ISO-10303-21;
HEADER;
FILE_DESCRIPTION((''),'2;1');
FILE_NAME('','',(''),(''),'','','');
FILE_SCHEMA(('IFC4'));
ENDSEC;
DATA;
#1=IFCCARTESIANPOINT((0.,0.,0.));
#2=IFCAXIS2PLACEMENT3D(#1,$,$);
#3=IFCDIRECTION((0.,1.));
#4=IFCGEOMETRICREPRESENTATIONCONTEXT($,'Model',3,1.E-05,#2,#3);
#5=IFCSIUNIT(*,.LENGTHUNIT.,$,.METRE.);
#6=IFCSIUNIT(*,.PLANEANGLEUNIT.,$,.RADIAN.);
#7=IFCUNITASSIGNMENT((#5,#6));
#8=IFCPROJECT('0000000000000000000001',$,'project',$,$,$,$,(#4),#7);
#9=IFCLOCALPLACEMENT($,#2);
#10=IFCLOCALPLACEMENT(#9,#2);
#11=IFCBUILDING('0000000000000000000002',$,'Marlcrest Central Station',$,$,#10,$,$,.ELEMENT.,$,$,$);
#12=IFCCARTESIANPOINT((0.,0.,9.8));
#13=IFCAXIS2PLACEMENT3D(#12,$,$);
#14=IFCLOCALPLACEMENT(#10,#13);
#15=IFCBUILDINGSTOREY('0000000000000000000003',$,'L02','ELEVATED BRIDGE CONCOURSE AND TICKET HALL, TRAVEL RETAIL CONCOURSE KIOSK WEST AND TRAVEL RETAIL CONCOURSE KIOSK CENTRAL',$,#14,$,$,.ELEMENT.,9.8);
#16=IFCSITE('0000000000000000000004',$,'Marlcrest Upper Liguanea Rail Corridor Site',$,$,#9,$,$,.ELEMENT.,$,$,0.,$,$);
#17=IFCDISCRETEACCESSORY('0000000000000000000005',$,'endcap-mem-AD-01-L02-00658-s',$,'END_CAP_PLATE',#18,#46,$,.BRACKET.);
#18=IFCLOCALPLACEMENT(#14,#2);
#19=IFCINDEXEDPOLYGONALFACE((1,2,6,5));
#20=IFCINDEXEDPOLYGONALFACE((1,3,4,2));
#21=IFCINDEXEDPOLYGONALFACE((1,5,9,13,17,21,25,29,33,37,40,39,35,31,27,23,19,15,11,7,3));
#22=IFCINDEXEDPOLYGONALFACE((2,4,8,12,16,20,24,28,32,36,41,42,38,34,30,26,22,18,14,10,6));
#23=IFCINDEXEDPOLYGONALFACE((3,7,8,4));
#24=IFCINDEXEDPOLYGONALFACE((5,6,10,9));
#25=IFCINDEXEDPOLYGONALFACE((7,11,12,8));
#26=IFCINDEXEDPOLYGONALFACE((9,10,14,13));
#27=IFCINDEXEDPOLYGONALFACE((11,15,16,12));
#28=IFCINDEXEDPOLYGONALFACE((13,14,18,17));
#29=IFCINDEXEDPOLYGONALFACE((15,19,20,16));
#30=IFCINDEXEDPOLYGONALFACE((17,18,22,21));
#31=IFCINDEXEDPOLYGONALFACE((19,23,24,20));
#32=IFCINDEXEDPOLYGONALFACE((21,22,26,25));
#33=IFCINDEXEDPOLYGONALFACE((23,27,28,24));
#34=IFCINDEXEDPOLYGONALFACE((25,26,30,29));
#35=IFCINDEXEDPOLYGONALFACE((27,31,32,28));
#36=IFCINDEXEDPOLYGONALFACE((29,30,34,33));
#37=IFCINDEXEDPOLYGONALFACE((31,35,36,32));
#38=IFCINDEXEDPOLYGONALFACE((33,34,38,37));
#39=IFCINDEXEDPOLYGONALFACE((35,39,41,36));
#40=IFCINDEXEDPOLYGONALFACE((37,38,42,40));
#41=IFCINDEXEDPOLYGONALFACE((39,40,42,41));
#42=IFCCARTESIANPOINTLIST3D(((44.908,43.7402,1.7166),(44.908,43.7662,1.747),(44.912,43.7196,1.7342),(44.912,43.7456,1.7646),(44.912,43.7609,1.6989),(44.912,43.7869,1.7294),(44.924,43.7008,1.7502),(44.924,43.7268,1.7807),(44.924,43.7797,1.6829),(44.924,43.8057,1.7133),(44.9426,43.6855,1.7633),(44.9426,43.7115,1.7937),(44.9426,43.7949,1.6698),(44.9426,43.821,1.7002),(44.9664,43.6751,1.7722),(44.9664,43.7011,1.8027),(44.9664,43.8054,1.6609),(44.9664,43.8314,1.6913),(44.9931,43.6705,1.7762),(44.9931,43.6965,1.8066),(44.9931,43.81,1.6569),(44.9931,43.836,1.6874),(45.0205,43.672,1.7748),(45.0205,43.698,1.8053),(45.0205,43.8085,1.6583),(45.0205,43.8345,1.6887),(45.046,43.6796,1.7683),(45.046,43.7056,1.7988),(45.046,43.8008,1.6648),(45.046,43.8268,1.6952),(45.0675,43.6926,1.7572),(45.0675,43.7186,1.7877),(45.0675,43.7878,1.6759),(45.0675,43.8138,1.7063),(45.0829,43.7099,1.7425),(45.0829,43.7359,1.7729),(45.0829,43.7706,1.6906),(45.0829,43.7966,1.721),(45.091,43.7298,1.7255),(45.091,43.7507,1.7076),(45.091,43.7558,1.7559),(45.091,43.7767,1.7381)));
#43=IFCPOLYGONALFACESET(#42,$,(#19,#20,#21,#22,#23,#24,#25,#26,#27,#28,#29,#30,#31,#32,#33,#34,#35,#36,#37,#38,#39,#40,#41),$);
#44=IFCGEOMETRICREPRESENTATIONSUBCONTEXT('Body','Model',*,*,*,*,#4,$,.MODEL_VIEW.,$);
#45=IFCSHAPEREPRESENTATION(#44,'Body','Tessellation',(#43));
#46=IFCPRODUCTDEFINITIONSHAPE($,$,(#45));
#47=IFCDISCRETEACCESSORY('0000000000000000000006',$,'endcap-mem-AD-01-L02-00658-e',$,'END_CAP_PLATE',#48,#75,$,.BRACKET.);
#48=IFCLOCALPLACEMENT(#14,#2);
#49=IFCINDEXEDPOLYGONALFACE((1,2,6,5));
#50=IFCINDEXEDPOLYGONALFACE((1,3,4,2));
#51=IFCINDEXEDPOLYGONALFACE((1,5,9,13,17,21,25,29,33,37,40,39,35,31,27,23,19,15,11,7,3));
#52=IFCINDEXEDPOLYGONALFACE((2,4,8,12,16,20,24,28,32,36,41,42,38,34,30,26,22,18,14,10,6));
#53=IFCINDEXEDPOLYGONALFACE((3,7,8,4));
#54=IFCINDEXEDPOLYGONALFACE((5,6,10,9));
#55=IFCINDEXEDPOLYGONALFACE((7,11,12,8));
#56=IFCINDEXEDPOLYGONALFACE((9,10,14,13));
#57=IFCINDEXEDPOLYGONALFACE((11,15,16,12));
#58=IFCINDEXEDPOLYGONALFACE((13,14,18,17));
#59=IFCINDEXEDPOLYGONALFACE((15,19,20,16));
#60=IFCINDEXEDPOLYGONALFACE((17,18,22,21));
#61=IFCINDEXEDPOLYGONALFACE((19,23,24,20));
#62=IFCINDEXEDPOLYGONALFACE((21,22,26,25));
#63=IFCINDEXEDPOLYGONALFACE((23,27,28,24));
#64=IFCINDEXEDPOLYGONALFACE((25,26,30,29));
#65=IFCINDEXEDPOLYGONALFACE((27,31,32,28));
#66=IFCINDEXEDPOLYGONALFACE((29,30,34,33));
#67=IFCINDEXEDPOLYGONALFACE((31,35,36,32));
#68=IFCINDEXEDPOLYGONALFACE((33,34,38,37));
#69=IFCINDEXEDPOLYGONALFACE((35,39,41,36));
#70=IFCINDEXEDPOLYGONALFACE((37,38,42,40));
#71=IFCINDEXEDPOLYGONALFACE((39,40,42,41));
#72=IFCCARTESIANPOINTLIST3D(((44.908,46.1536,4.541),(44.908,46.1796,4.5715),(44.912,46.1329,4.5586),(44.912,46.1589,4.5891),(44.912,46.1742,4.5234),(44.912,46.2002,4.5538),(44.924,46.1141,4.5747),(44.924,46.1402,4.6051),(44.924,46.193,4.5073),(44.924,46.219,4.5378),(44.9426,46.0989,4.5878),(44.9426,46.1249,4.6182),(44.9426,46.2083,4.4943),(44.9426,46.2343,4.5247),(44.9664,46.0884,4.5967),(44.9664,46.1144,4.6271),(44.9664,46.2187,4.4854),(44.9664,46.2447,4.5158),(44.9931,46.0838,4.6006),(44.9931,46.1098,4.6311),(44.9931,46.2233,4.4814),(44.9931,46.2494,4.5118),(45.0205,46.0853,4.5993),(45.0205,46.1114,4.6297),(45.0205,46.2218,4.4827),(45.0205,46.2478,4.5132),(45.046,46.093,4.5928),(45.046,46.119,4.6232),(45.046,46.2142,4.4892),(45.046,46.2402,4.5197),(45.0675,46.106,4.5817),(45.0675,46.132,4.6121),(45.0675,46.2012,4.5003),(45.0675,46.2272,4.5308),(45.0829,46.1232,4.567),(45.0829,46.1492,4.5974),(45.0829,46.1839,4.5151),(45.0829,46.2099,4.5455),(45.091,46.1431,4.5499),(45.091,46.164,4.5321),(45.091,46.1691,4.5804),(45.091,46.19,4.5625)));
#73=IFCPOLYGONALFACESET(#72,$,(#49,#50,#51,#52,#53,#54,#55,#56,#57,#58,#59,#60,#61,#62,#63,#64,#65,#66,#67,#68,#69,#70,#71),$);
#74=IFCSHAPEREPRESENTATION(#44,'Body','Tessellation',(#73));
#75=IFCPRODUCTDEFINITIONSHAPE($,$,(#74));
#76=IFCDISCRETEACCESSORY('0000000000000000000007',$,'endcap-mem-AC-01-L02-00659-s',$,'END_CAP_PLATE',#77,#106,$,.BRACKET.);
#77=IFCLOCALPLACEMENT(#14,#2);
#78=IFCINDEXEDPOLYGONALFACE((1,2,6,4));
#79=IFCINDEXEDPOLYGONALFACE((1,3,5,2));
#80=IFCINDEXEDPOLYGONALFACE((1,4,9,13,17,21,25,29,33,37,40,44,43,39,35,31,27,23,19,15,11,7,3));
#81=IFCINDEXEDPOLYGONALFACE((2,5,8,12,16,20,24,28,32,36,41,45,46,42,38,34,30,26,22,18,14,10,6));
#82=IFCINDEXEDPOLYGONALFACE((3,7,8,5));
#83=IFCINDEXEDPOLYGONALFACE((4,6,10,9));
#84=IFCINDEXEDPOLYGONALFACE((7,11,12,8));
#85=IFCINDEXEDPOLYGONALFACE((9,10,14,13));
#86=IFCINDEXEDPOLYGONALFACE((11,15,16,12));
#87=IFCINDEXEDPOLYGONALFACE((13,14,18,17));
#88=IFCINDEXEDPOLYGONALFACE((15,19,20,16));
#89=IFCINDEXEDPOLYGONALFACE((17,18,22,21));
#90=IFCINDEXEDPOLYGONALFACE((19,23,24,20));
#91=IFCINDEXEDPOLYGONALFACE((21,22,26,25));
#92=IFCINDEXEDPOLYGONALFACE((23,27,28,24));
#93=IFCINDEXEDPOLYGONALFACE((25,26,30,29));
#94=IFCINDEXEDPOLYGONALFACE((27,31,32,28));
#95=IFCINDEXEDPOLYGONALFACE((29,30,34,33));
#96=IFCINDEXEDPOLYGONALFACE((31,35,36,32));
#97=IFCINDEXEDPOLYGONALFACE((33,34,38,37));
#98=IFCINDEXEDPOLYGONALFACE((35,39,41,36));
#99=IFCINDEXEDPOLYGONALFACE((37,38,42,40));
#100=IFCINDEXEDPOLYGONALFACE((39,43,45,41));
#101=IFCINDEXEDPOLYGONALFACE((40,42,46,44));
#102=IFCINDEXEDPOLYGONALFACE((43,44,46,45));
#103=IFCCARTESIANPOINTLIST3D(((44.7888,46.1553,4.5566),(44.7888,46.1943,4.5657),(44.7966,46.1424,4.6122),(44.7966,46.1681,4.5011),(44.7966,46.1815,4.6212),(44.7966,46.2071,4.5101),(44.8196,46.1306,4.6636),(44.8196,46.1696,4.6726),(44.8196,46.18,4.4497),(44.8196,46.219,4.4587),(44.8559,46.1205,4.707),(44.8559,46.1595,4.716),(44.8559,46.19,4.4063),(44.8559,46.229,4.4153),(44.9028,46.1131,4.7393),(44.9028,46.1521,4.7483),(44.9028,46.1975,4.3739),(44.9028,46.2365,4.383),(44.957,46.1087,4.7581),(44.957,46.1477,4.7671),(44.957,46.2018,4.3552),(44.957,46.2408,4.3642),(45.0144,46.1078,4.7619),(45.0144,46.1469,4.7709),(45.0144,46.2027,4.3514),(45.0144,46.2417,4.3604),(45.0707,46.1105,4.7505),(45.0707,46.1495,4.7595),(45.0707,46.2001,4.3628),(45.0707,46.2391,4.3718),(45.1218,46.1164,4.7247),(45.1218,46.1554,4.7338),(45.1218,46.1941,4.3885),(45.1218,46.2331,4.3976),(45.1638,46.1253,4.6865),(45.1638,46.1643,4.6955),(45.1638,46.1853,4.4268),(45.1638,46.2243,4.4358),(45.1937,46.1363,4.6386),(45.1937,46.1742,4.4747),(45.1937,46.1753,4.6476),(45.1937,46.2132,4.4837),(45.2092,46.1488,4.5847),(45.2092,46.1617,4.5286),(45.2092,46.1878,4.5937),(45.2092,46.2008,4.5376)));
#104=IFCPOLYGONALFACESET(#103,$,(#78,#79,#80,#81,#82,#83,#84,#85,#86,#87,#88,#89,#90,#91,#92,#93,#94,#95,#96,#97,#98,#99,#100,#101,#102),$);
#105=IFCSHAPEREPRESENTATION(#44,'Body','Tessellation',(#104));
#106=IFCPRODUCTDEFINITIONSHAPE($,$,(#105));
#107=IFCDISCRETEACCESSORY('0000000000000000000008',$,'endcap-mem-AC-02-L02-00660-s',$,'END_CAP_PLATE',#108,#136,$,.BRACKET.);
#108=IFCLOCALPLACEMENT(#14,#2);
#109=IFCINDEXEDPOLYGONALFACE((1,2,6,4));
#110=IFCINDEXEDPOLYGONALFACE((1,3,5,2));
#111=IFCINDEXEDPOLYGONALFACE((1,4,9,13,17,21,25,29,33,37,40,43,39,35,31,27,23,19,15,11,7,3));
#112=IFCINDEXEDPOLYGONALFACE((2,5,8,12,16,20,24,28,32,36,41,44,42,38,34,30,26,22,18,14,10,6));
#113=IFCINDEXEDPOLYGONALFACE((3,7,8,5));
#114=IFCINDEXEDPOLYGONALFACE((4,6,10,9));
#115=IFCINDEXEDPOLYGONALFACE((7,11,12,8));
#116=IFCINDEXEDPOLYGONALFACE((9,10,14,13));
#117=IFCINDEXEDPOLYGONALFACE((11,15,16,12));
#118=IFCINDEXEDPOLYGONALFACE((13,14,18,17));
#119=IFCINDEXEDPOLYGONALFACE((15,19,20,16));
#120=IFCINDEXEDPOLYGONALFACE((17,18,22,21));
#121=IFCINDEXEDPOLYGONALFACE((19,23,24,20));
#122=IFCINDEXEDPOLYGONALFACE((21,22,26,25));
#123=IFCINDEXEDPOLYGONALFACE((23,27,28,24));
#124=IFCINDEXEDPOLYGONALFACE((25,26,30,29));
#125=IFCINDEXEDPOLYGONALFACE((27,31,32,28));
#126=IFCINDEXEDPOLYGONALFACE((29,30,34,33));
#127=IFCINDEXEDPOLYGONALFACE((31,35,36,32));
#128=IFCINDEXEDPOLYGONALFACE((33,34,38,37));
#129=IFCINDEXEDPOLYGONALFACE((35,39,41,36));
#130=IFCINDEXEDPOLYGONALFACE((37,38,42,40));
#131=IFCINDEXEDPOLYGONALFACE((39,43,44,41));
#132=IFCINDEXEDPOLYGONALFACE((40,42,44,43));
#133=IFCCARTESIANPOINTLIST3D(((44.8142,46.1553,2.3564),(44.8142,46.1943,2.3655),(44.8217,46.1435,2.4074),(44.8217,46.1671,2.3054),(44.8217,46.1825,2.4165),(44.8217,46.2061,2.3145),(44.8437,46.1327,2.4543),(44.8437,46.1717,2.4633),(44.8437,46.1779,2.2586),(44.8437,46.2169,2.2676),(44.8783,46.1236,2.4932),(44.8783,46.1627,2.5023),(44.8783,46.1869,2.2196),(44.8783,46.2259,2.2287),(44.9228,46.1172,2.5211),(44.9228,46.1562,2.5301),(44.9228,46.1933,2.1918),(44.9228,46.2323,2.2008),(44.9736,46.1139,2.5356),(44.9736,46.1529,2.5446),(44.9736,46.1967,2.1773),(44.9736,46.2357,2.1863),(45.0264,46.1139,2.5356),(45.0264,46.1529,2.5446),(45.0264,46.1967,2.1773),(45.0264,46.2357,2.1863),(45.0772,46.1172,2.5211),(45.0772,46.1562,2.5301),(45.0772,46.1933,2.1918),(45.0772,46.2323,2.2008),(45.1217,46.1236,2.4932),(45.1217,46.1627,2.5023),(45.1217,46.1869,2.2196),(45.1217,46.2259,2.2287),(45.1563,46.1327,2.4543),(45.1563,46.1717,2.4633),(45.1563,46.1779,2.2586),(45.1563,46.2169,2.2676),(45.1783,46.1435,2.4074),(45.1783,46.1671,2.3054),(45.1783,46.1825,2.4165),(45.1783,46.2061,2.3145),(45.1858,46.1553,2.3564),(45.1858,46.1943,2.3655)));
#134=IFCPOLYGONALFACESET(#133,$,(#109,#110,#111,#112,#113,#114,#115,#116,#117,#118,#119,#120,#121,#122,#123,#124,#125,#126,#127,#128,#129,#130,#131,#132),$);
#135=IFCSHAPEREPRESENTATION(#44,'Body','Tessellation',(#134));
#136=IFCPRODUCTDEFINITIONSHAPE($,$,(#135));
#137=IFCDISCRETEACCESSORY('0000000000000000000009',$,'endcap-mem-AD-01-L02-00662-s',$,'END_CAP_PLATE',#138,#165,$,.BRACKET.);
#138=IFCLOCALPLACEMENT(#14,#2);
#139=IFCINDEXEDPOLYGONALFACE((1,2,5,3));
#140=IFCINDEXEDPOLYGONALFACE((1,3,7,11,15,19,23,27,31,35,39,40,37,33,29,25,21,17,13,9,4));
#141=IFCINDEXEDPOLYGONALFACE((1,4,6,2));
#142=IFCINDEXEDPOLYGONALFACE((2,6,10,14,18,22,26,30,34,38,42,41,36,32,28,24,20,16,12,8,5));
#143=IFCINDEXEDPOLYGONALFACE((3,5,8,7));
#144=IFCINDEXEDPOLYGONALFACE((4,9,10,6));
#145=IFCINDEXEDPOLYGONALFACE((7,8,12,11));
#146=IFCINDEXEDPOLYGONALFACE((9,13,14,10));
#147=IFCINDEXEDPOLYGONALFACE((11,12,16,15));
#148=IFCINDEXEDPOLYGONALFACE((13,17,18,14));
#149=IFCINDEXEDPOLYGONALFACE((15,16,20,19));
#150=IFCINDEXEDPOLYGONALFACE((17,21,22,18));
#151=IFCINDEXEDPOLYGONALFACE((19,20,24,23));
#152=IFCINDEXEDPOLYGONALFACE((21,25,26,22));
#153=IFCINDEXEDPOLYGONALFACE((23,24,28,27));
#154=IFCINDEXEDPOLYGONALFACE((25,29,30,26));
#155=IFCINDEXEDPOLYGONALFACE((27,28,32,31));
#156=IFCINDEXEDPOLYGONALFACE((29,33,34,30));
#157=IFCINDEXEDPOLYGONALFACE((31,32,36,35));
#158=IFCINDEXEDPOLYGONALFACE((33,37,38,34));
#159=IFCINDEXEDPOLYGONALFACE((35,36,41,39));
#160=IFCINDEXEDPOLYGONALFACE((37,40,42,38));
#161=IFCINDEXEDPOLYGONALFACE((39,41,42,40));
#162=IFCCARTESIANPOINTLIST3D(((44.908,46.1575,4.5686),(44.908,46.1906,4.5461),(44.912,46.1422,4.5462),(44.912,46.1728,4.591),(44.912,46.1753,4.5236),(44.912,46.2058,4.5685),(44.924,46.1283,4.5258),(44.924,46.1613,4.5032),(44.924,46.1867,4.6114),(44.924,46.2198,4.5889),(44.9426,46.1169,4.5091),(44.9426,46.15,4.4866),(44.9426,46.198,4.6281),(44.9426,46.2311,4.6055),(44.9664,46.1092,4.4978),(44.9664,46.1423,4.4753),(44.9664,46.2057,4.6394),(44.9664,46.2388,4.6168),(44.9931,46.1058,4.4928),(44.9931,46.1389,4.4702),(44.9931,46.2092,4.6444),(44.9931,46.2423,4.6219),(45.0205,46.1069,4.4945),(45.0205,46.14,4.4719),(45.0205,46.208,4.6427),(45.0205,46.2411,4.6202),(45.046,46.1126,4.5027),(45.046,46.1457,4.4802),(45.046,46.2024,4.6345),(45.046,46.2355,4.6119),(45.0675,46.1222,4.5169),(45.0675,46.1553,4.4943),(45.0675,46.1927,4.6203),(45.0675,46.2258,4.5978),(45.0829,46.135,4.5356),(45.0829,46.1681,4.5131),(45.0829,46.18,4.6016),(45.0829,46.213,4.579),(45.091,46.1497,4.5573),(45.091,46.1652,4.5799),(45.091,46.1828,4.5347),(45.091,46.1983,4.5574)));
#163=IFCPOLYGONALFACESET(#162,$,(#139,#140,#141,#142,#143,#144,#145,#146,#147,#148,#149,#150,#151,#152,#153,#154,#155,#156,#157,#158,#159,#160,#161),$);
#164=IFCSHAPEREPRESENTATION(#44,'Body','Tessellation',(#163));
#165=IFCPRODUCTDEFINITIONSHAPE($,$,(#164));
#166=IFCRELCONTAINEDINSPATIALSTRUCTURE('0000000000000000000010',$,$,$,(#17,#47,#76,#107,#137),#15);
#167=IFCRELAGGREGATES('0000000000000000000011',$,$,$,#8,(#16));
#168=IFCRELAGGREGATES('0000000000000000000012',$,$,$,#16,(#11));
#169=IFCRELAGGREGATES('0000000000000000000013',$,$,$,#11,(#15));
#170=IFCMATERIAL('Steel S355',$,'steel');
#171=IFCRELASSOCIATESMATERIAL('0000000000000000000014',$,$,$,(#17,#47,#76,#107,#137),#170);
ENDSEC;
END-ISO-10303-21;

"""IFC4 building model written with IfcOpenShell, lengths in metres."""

from ifc_helpers import new_model, si_unit, direction, frame, origin, origin_2d, place, context, subcontext, project, spatial, circle, extrude, material, element, save


model = new_model("IFC4")

# Units and contexts
model_context = context("Model", 3, precision=1e-05, world=origin(), true_north=direction((0.0, 1.0)))
body_context = subcontext(model_context, "Body", "Model", "MODEL_VIEW")
ifc_project = project(units=[si_unit("LENGTHUNIT", "METRE"), si_unit("PLANEANGLEUNIT", "RADIAN")], contexts=[model_context])

# Site, building, storey
site_placement = place(None, origin())
site = spatial("IfcSite", under=ifc_project, at=site_placement, Name="Marlcrest Upper Liguanea Rail Corridor Site", CompositionType="ELEMENT", RefElevation=0.0)
building_placement = place(site_placement, origin())
building = spatial("IfcBuilding", under=site, at=building_placement, Name="Marlcrest Central Station", CompositionType="ELEMENT")
storey_placement = place(building_placement, frame((0.0, 0.0, 9.8)))
storey = spatial("IfcBuildingStorey", under=building, at=storey_placement, Name="L02", Description="ELEVATED BRIDGE CONCOURSE AND TICKET HALL, TRAVEL RETAIL CONCOURSE KIOSK WEST AND TRAVEL RETAIL CONCOURSE KIOSK CENTRAL", CompositionType="ELEMENT", Elevation=9.8)

# Shared definitions
ifc_material_1 = material(Name="Steel S355", Category="steel")

# Discrete accessories
for number, where, z_axis, x_axis, name in (
    (1, (45.0, 43.7402, 1.7166), (0.0, 0.649625, 0.760255), (-1.0, 0.0, 0.0), "endcap-mem-AD-01-L02-00658-s"),
    (2, (45.0, 46.1536, 4.541), (0.0, 0.649625, 0.760255), (-1.0, 0.0, 0.0), "endcap-mem-AD-01-L02-00658-e"),
):
    element("IfcDiscreteAccessory", number, at=place(storey_placement, frame(where, z_axis=z_axis, x_axis=x_axis)), inside=storey, material=ifc_material_1, Name=name, ObjectType="END_CAP_PLATE", PredefinedType="BRACKET", context=body_context, shape_type="SweptSolid", body=[
        extrude(circle(Radius=0.092, at=origin_2d()), origin(), (0.0, 0.0, 1.0), 0.04),
    ])
discrete_accessory_1_placement = place(storey_placement, frame((45.0, 46.1553, 4.5566), z_axis=(0.0, 0.97433, 0.225126), x_axis=(-1.0, 0.0, 0.0)))
element("IfcDiscreteAccessory", 3, at=discrete_accessory_1_placement, inside=storey, material=ifc_material_1, Name="endcap-mem-AC-01-L02-00659-s", ObjectType="END_CAP_PLATE", PredefinedType="BRACKET", context=body_context, shape_type="SweptSolid", body=[
    extrude(circle(Radius=0.2112, at=origin_2d()), origin(), (0.0, 0.0, 1.0), 0.04),
])
discrete_accessory_2_placement = place(storey_placement, frame((45.0, 46.1553, 2.3564), z_axis=(0.0, 0.974308, 0.22522), x_axis=(-1.0, 0.0, 0.0)))
element("IfcDiscreteAccessory", 4, at=discrete_accessory_2_placement, inside=storey, material=ifc_material_1, Name="endcap-mem-AC-02-L02-00660-s", ObjectType="END_CAP_PLATE", PredefinedType="BRACKET", context=body_context, shape_type="SweptSolid", body=[
    extrude(circle(Radius=0.1858, at=origin_2d()), origin(), (0.0, 0.0, 1.0), 0.04),
])
discrete_accessory_3_placement = place(storey_placement, frame((45.0, 46.1575, 4.5686), z_axis=(0.0, 0.826263, -0.563285), x_axis=(-1.0, 0.0, 0.0)))
element("IfcDiscreteAccessory", 5, at=discrete_accessory_3_placement, inside=storey, material=ifc_material_1, Name="endcap-mem-AD-01-L02-00662-s", ObjectType="END_CAP_PLATE", PredefinedType="BRACKET", context=body_context, shape_type="SweptSolid", body=[
    extrude(circle(Radius=0.092, at=origin_2d()), origin(), (0.0, 0.0, 1.0), 0.04),
])

save(model, "model.ifc")
